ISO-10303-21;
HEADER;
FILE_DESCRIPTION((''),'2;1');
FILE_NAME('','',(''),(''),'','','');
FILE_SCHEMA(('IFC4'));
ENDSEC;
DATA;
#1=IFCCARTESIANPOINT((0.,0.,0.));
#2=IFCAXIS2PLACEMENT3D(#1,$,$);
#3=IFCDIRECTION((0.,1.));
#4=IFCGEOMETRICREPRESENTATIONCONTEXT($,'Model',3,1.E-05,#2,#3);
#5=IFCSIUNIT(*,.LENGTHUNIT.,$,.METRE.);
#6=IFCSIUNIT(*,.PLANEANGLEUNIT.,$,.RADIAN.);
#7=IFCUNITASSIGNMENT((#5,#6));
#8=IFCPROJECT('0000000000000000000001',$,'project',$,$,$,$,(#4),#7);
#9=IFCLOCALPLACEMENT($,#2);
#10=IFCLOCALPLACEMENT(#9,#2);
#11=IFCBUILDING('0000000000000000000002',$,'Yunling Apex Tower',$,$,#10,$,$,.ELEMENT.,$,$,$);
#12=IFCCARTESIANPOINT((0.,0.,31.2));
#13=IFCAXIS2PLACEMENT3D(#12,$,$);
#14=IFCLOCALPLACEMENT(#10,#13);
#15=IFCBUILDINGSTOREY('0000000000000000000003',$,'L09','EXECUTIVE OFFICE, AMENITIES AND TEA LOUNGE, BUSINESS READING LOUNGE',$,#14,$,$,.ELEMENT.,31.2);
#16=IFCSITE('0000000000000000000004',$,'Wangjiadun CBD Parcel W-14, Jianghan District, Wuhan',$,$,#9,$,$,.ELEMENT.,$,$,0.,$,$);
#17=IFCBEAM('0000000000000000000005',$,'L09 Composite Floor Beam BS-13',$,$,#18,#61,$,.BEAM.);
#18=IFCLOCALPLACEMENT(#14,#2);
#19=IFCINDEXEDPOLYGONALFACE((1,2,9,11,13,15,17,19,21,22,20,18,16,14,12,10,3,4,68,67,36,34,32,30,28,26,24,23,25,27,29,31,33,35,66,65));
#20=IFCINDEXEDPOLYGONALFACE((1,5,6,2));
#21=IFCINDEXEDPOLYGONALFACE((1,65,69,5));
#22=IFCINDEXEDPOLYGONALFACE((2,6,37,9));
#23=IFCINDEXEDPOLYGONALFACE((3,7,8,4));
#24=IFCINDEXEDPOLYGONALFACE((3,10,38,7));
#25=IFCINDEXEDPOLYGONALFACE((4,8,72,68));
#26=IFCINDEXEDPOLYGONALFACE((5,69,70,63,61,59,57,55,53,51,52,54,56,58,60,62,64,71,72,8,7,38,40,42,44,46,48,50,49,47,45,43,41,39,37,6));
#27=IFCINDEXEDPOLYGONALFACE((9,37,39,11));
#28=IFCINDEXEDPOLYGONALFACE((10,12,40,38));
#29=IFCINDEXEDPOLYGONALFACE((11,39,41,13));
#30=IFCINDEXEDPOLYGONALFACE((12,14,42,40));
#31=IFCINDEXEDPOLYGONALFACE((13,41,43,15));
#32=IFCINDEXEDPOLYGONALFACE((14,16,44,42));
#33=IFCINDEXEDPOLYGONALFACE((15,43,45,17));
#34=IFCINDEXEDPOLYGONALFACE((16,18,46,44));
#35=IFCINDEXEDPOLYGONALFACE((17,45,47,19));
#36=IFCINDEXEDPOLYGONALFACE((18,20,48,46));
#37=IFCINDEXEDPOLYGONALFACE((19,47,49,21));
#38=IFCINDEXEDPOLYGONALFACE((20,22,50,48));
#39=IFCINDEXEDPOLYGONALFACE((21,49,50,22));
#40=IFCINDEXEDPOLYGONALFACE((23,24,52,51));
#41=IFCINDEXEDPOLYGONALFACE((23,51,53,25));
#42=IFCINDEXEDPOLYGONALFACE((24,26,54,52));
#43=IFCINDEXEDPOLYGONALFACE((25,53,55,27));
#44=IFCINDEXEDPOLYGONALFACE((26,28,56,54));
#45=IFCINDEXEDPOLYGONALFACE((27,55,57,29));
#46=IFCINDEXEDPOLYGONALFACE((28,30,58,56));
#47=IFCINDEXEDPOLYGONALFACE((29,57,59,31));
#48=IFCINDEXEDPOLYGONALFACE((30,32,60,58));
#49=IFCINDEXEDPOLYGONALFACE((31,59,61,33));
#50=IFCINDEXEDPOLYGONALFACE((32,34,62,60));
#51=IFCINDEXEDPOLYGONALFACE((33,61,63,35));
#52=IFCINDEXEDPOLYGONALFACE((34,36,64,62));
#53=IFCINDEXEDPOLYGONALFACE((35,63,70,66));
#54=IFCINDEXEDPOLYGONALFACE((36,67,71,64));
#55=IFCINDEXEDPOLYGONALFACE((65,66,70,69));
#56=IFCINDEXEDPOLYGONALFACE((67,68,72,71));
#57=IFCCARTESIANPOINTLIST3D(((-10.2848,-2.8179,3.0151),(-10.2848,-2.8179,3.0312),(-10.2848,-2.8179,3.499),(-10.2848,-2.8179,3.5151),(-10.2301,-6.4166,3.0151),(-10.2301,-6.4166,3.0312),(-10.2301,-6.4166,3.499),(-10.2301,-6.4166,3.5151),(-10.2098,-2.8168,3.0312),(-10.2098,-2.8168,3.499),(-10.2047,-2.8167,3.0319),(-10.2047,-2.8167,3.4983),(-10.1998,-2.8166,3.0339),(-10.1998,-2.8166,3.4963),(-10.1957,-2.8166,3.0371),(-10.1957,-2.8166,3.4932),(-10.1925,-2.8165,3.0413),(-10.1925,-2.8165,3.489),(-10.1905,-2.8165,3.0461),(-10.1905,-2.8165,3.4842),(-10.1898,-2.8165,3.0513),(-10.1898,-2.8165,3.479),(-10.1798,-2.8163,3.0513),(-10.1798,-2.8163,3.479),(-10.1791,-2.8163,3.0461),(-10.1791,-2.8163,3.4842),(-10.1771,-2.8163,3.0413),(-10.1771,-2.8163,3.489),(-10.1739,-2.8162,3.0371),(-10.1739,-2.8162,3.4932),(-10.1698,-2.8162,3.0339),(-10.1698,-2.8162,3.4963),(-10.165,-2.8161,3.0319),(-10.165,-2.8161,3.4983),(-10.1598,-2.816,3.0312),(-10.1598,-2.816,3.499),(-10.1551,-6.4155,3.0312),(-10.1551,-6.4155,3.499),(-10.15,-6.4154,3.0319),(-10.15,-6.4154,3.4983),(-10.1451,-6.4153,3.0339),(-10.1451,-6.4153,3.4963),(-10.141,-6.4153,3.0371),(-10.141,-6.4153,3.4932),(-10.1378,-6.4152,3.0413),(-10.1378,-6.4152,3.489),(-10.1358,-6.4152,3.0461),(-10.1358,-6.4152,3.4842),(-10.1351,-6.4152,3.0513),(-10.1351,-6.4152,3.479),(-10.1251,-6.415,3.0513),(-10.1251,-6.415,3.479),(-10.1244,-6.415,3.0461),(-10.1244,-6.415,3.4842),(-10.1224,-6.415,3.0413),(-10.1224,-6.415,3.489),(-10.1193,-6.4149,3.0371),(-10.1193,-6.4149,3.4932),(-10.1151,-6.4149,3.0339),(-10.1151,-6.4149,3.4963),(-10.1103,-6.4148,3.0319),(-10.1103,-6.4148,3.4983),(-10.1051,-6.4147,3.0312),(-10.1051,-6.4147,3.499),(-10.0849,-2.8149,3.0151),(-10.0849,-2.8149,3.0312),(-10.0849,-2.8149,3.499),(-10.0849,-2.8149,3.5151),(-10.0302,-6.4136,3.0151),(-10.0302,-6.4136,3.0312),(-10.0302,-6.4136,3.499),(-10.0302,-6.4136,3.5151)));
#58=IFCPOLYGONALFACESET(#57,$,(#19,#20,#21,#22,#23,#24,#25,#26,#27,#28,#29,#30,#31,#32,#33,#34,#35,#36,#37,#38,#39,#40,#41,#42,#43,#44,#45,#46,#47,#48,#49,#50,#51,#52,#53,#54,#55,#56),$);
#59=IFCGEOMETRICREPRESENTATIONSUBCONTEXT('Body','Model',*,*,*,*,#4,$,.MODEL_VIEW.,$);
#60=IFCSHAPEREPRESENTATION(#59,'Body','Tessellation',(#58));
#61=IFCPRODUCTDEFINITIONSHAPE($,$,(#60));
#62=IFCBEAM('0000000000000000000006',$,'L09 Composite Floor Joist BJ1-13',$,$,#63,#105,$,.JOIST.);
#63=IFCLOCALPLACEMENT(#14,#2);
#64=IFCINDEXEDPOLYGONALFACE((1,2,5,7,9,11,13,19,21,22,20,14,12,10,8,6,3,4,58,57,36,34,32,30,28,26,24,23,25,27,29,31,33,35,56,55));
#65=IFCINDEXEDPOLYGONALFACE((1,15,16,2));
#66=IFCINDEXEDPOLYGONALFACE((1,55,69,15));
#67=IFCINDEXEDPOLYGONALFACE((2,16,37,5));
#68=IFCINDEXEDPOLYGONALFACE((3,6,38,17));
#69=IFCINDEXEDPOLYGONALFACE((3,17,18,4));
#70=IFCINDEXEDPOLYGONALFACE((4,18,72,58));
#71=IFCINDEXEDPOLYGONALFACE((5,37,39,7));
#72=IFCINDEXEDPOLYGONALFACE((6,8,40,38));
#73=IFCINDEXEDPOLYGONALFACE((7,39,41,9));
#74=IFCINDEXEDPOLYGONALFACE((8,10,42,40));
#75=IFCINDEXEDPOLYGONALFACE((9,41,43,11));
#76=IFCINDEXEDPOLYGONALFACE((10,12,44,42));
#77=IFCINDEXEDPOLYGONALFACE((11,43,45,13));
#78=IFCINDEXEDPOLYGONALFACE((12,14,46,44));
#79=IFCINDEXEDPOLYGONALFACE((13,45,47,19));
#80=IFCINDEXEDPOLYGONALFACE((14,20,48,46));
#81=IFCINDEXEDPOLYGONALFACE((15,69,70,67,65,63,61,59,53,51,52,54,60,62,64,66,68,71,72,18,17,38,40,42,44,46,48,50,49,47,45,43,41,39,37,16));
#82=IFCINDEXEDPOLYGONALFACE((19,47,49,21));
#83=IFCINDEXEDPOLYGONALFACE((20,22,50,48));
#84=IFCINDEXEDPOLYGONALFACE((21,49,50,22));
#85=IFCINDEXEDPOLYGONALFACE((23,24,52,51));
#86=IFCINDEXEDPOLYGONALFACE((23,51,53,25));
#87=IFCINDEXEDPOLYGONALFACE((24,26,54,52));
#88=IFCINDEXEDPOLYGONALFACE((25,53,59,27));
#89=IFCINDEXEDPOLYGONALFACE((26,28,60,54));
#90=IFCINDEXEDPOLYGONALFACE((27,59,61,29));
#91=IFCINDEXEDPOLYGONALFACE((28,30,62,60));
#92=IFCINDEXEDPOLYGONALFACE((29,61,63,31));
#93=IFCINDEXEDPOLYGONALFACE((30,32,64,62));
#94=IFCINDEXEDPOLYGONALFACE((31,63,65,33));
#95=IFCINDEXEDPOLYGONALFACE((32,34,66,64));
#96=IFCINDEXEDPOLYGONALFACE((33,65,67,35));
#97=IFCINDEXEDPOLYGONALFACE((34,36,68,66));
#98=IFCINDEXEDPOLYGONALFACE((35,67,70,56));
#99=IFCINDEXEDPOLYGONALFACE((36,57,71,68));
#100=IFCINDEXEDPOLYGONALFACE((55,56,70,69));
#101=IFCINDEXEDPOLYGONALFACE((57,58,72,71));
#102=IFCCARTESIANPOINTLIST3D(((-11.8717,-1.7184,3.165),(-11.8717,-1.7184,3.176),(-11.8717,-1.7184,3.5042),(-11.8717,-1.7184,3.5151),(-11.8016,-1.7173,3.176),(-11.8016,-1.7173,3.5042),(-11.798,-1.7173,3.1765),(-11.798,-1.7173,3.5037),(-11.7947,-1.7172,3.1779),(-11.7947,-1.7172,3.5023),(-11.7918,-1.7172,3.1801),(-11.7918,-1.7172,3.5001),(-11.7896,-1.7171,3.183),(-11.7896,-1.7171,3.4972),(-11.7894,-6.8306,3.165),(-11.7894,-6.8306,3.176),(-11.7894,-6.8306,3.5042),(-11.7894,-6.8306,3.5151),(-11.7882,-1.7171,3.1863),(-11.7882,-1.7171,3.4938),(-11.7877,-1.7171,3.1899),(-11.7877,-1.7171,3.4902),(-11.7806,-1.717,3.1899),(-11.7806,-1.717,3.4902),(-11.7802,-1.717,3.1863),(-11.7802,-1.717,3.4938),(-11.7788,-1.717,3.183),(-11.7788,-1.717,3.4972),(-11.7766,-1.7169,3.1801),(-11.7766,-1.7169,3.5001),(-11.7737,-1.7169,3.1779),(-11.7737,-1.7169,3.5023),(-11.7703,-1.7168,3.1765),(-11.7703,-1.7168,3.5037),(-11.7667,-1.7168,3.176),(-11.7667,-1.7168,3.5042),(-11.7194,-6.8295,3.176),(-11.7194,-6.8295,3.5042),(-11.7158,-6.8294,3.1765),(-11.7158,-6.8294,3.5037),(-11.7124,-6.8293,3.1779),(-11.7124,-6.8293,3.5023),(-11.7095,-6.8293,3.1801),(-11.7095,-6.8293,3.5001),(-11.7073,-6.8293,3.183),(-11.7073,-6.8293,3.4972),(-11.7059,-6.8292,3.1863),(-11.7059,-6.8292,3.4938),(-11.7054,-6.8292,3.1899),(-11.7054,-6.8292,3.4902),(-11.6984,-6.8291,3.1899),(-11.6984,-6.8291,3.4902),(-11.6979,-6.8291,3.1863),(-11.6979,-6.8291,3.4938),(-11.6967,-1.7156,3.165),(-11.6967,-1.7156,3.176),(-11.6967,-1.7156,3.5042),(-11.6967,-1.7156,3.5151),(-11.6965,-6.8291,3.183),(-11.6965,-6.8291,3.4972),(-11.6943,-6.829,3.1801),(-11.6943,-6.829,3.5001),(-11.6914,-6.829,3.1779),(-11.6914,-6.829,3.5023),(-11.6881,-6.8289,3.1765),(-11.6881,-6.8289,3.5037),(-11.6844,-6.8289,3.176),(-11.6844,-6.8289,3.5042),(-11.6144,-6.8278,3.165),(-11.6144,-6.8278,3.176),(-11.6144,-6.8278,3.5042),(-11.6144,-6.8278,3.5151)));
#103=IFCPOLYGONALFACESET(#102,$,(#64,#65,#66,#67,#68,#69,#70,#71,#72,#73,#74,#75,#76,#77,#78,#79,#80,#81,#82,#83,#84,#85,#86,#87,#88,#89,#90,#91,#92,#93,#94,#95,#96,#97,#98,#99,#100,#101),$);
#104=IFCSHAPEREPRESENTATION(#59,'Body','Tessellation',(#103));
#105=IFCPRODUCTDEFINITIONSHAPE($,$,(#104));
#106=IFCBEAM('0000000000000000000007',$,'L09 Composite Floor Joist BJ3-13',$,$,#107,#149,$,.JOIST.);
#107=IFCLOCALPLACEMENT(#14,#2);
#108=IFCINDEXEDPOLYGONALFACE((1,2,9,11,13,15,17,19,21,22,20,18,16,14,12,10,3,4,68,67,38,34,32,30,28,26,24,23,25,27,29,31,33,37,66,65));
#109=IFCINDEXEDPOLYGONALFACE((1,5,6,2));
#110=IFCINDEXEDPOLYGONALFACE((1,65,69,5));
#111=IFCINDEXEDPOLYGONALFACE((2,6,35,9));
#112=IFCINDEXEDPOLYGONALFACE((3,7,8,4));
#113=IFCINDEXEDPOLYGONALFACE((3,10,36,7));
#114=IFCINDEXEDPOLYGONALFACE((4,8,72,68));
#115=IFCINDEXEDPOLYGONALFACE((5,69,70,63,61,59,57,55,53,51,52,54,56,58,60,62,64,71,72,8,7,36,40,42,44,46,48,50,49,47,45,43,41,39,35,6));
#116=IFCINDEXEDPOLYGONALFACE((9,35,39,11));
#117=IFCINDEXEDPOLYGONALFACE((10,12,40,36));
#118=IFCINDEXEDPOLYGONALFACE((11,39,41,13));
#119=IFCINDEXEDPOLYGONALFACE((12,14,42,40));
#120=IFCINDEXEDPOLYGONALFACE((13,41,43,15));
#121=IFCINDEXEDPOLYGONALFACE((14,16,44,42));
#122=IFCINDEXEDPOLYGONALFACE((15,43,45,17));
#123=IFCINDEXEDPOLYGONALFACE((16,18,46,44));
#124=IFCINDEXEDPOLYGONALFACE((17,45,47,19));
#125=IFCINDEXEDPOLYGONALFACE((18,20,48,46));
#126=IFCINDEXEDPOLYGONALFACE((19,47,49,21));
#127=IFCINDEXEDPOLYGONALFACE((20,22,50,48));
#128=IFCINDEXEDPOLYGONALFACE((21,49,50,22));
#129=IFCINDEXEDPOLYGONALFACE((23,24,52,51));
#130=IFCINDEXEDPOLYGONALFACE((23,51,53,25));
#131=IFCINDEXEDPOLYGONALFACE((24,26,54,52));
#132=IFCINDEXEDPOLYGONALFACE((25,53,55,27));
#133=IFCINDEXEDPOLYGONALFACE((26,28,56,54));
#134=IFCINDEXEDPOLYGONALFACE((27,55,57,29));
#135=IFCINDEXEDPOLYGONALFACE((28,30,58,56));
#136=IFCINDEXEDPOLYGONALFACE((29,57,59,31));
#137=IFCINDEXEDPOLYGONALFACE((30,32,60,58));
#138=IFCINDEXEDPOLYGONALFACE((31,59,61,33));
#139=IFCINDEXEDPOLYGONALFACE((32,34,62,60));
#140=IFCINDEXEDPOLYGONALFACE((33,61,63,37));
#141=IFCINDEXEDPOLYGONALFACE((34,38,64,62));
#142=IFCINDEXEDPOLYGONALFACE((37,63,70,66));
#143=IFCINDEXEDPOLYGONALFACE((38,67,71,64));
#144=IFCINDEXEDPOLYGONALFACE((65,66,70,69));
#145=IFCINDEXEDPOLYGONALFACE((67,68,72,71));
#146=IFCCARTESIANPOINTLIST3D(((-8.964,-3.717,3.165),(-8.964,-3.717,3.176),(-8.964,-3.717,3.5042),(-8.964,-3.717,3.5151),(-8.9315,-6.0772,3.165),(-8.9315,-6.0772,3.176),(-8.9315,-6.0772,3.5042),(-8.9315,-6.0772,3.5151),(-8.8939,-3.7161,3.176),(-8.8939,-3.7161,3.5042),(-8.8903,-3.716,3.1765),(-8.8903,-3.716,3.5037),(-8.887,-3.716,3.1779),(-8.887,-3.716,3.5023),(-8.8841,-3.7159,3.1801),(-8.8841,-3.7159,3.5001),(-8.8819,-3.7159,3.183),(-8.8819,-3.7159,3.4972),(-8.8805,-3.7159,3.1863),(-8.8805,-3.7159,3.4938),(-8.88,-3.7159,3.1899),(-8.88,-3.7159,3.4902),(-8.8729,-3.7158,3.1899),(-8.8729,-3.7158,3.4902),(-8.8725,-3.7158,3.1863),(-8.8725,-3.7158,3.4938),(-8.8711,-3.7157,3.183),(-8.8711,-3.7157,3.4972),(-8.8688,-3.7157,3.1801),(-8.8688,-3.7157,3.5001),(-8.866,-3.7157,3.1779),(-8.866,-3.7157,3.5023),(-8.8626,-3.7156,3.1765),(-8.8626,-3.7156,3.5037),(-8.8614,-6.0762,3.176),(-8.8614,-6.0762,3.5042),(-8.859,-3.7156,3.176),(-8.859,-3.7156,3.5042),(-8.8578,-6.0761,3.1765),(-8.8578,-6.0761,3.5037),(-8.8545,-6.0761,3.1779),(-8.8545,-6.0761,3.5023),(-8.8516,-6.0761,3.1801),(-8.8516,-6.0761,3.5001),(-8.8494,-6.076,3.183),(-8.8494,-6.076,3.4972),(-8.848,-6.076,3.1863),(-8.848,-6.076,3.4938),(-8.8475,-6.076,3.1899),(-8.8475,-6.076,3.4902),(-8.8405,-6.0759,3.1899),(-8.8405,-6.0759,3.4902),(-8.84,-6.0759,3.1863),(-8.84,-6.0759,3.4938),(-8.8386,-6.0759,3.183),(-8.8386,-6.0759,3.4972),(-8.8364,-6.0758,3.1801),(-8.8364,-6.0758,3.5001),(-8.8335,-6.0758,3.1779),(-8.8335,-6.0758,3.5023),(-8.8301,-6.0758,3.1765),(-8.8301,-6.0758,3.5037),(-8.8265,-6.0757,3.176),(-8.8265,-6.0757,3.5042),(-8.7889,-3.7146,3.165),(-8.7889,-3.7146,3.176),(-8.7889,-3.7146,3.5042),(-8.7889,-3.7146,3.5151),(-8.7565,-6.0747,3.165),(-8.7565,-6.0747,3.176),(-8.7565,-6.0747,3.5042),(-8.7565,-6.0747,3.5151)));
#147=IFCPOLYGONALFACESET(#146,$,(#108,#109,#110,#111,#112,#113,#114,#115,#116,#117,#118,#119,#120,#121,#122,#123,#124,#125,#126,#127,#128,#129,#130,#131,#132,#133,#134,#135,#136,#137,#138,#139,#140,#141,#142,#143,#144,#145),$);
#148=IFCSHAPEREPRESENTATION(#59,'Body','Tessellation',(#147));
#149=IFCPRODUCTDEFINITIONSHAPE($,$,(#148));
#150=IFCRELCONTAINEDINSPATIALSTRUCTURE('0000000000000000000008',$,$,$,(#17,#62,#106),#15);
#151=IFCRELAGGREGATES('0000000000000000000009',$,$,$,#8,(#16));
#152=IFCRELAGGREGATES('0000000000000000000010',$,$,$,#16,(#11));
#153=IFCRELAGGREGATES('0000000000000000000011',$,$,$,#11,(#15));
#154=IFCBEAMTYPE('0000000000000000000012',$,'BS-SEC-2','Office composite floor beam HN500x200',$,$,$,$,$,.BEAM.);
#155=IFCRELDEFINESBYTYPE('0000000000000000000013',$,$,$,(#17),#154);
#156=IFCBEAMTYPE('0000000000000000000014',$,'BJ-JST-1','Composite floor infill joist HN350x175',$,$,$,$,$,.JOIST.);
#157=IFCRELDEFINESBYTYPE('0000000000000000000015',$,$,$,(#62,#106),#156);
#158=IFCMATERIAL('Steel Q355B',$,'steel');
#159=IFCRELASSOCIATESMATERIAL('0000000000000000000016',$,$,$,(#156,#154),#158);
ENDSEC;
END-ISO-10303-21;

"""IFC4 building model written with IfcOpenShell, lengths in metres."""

from ifc_helpers import new_model, si_unit, direction, frame, origin, origin_2d, place, context, subcontext, project, spatial, i_section, extrude, source, transform, mapped, material, material_profile, profile_set, type_object, element, save


model = new_model("IFC4")

# Units and contexts
model_context = context("Model", 3, precision=1e-05, world=origin(), true_north=direction((0.0, 1.0)))
body_context = subcontext(model_context, "Body", "Model", "MODEL_VIEW")
ifc_project = project(units=[si_unit("LENGTHUNIT", "METRE"), si_unit("PLANEANGLEUNIT", "RADIAN")], contexts=[model_context])

# Site, building, storey
site_placement = place(None, origin())
site = spatial("IfcSite", under=ifc_project, at=site_placement, Name="Wangjiadun CBD Parcel W-14, Jianghan District, Wuhan", CompositionType="ELEMENT", RefElevation=0.0)
building_placement = place(site_placement, origin())
building = spatial("IfcBuilding", under=site, at=building_placement, Name="Yunling Apex Tower", CompositionType="ELEMENT")
storey_placement = place(building_placement, frame((0.0, 0.0, 31.2)))
storey = spatial("IfcBuildingStorey", under=building, at=storey_placement, Name="L09", Description="EXECUTIVE OFFICE, AMENITIES AND TEA LOUNGE, BUSINESS READING LOUNGE", CompositionType="ELEMENT", Elevation=31.2)

# Beams
ifc_material_1 = material(Name="Steel Q355B", Category="steel")
ifc_material_profile_1 = material_profile(ifc_material_1, i_section(OverallWidth=0.175, OverallDepth=0.3501, WebThickness=0.0071, FlangeThickness=0.011, FilletRadius=0.0139, at=origin_2d()))
ifc_profile_set_1 = profile_set([ifc_material_profile_1], Name="Steel Q355B")
beam_type_1 = type_object("IfcBeamType", Name="BJ-JST-1", Description="Composite floor infill joist HN350x175", PredefinedType="JOIST", material=ifc_profile_set_1)
ifc_material_profile_2 = material_profile(ifc_material_1, i_section(OverallWidth=0.2, OverallDepth=0.5, WebThickness=0.01, FlangeThickness=0.0161, FilletRadius=0.02, at=origin_2d()))
ifc_profile_set_2 = profile_set([ifc_material_profile_2], Name="Steel Q355B")
beam_type_2 = type_object("IfcBeamType", Name="BS-SEC-2", Description="Office composite floor beam HN500x200", PredefinedType="BEAM", material=ifc_profile_set_2)
shared_shape_1 = source(origin(), body_context, "Body", "SweptSolid", [
    extrude(i_section(OverallWidth=0.2, OverallDepth=0.5, WebThickness=0.01, FlangeThickness=0.0161, FilletRadius=0.02, at=origin_2d()), origin(), (0.0, 0.0, 1.0), 3.5991),
])
beam_1_placement = place(storey_placement, frame((-10.1848, -2.8164, 3.2651), z_axis=(0.015195, -0.999885, 0.0), x_axis=(0.999885, 0.015195, 0.0)))
element("IfcBeam", 1, at=beam_1_placement, inside=storey, type_object=beam_type_2, Name="L09 Composite Floor Beam BS-13", PredefinedType="BEAM", context=body_context, shape_type="MappedRepresentation", body=[
    mapped(shared_shape_1, transform((0.0, 0.0, 0.0), scale=1.0)),
])
shared_shape_2 = source(origin(), body_context, "Body", "SweptSolid", [
    extrude(i_section(OverallWidth=0.175, OverallDepth=0.3501, WebThickness=0.0071, FlangeThickness=0.011, FilletRadius=0.0139, at=origin_2d()), origin(), (0.0, 0.0, 1.0), 5.1128),
])
beam_2_placement = place(storey_placement, frame((-11.7842, -1.717, 3.3401), z_axis=(0.016092, -0.999871, 0.0), x_axis=(0.999871, 0.016092, 0.0)))
element("IfcBeam", 2, at=beam_2_placement, inside=storey, type_object=beam_type_1, Name="L09 Composite Floor Joist BJ1-13", PredefinedType="JOIST", context=body_context, shape_type="MappedRepresentation", body=[
    mapped(shared_shape_2, transform((0.0, 0.0, 0.0), scale=1.0)),
])
shared_shape_3 = source(origin(), body_context, "Body", "SweptSolid", [
    extrude(i_section(OverallWidth=0.175, OverallDepth=0.3501, WebThickness=0.0071, FlangeThickness=0.011, FilletRadius=0.0139, at=origin_2d()), origin(), (0.0, 0.0, 1.0), 2.3604),
])
beam_3_placement = place(storey_placement, frame((-8.8765, -3.7158, 3.3401), z_axis=(0.013757, -0.999905, 0.0), x_axis=(0.999905, 0.013757, 0.0)))
element("IfcBeam", 3, at=beam_3_placement, inside=storey, type_object=beam_type_1, Name="L09 Composite Floor Joist BJ3-13", PredefinedType="JOIST", context=body_context, shape_type="MappedRepresentation", body=[
    mapped(shared_shape_3, transform((0.0, 0.0, 0.0), scale=1.0)),
])

save(model, "model.ifc")
